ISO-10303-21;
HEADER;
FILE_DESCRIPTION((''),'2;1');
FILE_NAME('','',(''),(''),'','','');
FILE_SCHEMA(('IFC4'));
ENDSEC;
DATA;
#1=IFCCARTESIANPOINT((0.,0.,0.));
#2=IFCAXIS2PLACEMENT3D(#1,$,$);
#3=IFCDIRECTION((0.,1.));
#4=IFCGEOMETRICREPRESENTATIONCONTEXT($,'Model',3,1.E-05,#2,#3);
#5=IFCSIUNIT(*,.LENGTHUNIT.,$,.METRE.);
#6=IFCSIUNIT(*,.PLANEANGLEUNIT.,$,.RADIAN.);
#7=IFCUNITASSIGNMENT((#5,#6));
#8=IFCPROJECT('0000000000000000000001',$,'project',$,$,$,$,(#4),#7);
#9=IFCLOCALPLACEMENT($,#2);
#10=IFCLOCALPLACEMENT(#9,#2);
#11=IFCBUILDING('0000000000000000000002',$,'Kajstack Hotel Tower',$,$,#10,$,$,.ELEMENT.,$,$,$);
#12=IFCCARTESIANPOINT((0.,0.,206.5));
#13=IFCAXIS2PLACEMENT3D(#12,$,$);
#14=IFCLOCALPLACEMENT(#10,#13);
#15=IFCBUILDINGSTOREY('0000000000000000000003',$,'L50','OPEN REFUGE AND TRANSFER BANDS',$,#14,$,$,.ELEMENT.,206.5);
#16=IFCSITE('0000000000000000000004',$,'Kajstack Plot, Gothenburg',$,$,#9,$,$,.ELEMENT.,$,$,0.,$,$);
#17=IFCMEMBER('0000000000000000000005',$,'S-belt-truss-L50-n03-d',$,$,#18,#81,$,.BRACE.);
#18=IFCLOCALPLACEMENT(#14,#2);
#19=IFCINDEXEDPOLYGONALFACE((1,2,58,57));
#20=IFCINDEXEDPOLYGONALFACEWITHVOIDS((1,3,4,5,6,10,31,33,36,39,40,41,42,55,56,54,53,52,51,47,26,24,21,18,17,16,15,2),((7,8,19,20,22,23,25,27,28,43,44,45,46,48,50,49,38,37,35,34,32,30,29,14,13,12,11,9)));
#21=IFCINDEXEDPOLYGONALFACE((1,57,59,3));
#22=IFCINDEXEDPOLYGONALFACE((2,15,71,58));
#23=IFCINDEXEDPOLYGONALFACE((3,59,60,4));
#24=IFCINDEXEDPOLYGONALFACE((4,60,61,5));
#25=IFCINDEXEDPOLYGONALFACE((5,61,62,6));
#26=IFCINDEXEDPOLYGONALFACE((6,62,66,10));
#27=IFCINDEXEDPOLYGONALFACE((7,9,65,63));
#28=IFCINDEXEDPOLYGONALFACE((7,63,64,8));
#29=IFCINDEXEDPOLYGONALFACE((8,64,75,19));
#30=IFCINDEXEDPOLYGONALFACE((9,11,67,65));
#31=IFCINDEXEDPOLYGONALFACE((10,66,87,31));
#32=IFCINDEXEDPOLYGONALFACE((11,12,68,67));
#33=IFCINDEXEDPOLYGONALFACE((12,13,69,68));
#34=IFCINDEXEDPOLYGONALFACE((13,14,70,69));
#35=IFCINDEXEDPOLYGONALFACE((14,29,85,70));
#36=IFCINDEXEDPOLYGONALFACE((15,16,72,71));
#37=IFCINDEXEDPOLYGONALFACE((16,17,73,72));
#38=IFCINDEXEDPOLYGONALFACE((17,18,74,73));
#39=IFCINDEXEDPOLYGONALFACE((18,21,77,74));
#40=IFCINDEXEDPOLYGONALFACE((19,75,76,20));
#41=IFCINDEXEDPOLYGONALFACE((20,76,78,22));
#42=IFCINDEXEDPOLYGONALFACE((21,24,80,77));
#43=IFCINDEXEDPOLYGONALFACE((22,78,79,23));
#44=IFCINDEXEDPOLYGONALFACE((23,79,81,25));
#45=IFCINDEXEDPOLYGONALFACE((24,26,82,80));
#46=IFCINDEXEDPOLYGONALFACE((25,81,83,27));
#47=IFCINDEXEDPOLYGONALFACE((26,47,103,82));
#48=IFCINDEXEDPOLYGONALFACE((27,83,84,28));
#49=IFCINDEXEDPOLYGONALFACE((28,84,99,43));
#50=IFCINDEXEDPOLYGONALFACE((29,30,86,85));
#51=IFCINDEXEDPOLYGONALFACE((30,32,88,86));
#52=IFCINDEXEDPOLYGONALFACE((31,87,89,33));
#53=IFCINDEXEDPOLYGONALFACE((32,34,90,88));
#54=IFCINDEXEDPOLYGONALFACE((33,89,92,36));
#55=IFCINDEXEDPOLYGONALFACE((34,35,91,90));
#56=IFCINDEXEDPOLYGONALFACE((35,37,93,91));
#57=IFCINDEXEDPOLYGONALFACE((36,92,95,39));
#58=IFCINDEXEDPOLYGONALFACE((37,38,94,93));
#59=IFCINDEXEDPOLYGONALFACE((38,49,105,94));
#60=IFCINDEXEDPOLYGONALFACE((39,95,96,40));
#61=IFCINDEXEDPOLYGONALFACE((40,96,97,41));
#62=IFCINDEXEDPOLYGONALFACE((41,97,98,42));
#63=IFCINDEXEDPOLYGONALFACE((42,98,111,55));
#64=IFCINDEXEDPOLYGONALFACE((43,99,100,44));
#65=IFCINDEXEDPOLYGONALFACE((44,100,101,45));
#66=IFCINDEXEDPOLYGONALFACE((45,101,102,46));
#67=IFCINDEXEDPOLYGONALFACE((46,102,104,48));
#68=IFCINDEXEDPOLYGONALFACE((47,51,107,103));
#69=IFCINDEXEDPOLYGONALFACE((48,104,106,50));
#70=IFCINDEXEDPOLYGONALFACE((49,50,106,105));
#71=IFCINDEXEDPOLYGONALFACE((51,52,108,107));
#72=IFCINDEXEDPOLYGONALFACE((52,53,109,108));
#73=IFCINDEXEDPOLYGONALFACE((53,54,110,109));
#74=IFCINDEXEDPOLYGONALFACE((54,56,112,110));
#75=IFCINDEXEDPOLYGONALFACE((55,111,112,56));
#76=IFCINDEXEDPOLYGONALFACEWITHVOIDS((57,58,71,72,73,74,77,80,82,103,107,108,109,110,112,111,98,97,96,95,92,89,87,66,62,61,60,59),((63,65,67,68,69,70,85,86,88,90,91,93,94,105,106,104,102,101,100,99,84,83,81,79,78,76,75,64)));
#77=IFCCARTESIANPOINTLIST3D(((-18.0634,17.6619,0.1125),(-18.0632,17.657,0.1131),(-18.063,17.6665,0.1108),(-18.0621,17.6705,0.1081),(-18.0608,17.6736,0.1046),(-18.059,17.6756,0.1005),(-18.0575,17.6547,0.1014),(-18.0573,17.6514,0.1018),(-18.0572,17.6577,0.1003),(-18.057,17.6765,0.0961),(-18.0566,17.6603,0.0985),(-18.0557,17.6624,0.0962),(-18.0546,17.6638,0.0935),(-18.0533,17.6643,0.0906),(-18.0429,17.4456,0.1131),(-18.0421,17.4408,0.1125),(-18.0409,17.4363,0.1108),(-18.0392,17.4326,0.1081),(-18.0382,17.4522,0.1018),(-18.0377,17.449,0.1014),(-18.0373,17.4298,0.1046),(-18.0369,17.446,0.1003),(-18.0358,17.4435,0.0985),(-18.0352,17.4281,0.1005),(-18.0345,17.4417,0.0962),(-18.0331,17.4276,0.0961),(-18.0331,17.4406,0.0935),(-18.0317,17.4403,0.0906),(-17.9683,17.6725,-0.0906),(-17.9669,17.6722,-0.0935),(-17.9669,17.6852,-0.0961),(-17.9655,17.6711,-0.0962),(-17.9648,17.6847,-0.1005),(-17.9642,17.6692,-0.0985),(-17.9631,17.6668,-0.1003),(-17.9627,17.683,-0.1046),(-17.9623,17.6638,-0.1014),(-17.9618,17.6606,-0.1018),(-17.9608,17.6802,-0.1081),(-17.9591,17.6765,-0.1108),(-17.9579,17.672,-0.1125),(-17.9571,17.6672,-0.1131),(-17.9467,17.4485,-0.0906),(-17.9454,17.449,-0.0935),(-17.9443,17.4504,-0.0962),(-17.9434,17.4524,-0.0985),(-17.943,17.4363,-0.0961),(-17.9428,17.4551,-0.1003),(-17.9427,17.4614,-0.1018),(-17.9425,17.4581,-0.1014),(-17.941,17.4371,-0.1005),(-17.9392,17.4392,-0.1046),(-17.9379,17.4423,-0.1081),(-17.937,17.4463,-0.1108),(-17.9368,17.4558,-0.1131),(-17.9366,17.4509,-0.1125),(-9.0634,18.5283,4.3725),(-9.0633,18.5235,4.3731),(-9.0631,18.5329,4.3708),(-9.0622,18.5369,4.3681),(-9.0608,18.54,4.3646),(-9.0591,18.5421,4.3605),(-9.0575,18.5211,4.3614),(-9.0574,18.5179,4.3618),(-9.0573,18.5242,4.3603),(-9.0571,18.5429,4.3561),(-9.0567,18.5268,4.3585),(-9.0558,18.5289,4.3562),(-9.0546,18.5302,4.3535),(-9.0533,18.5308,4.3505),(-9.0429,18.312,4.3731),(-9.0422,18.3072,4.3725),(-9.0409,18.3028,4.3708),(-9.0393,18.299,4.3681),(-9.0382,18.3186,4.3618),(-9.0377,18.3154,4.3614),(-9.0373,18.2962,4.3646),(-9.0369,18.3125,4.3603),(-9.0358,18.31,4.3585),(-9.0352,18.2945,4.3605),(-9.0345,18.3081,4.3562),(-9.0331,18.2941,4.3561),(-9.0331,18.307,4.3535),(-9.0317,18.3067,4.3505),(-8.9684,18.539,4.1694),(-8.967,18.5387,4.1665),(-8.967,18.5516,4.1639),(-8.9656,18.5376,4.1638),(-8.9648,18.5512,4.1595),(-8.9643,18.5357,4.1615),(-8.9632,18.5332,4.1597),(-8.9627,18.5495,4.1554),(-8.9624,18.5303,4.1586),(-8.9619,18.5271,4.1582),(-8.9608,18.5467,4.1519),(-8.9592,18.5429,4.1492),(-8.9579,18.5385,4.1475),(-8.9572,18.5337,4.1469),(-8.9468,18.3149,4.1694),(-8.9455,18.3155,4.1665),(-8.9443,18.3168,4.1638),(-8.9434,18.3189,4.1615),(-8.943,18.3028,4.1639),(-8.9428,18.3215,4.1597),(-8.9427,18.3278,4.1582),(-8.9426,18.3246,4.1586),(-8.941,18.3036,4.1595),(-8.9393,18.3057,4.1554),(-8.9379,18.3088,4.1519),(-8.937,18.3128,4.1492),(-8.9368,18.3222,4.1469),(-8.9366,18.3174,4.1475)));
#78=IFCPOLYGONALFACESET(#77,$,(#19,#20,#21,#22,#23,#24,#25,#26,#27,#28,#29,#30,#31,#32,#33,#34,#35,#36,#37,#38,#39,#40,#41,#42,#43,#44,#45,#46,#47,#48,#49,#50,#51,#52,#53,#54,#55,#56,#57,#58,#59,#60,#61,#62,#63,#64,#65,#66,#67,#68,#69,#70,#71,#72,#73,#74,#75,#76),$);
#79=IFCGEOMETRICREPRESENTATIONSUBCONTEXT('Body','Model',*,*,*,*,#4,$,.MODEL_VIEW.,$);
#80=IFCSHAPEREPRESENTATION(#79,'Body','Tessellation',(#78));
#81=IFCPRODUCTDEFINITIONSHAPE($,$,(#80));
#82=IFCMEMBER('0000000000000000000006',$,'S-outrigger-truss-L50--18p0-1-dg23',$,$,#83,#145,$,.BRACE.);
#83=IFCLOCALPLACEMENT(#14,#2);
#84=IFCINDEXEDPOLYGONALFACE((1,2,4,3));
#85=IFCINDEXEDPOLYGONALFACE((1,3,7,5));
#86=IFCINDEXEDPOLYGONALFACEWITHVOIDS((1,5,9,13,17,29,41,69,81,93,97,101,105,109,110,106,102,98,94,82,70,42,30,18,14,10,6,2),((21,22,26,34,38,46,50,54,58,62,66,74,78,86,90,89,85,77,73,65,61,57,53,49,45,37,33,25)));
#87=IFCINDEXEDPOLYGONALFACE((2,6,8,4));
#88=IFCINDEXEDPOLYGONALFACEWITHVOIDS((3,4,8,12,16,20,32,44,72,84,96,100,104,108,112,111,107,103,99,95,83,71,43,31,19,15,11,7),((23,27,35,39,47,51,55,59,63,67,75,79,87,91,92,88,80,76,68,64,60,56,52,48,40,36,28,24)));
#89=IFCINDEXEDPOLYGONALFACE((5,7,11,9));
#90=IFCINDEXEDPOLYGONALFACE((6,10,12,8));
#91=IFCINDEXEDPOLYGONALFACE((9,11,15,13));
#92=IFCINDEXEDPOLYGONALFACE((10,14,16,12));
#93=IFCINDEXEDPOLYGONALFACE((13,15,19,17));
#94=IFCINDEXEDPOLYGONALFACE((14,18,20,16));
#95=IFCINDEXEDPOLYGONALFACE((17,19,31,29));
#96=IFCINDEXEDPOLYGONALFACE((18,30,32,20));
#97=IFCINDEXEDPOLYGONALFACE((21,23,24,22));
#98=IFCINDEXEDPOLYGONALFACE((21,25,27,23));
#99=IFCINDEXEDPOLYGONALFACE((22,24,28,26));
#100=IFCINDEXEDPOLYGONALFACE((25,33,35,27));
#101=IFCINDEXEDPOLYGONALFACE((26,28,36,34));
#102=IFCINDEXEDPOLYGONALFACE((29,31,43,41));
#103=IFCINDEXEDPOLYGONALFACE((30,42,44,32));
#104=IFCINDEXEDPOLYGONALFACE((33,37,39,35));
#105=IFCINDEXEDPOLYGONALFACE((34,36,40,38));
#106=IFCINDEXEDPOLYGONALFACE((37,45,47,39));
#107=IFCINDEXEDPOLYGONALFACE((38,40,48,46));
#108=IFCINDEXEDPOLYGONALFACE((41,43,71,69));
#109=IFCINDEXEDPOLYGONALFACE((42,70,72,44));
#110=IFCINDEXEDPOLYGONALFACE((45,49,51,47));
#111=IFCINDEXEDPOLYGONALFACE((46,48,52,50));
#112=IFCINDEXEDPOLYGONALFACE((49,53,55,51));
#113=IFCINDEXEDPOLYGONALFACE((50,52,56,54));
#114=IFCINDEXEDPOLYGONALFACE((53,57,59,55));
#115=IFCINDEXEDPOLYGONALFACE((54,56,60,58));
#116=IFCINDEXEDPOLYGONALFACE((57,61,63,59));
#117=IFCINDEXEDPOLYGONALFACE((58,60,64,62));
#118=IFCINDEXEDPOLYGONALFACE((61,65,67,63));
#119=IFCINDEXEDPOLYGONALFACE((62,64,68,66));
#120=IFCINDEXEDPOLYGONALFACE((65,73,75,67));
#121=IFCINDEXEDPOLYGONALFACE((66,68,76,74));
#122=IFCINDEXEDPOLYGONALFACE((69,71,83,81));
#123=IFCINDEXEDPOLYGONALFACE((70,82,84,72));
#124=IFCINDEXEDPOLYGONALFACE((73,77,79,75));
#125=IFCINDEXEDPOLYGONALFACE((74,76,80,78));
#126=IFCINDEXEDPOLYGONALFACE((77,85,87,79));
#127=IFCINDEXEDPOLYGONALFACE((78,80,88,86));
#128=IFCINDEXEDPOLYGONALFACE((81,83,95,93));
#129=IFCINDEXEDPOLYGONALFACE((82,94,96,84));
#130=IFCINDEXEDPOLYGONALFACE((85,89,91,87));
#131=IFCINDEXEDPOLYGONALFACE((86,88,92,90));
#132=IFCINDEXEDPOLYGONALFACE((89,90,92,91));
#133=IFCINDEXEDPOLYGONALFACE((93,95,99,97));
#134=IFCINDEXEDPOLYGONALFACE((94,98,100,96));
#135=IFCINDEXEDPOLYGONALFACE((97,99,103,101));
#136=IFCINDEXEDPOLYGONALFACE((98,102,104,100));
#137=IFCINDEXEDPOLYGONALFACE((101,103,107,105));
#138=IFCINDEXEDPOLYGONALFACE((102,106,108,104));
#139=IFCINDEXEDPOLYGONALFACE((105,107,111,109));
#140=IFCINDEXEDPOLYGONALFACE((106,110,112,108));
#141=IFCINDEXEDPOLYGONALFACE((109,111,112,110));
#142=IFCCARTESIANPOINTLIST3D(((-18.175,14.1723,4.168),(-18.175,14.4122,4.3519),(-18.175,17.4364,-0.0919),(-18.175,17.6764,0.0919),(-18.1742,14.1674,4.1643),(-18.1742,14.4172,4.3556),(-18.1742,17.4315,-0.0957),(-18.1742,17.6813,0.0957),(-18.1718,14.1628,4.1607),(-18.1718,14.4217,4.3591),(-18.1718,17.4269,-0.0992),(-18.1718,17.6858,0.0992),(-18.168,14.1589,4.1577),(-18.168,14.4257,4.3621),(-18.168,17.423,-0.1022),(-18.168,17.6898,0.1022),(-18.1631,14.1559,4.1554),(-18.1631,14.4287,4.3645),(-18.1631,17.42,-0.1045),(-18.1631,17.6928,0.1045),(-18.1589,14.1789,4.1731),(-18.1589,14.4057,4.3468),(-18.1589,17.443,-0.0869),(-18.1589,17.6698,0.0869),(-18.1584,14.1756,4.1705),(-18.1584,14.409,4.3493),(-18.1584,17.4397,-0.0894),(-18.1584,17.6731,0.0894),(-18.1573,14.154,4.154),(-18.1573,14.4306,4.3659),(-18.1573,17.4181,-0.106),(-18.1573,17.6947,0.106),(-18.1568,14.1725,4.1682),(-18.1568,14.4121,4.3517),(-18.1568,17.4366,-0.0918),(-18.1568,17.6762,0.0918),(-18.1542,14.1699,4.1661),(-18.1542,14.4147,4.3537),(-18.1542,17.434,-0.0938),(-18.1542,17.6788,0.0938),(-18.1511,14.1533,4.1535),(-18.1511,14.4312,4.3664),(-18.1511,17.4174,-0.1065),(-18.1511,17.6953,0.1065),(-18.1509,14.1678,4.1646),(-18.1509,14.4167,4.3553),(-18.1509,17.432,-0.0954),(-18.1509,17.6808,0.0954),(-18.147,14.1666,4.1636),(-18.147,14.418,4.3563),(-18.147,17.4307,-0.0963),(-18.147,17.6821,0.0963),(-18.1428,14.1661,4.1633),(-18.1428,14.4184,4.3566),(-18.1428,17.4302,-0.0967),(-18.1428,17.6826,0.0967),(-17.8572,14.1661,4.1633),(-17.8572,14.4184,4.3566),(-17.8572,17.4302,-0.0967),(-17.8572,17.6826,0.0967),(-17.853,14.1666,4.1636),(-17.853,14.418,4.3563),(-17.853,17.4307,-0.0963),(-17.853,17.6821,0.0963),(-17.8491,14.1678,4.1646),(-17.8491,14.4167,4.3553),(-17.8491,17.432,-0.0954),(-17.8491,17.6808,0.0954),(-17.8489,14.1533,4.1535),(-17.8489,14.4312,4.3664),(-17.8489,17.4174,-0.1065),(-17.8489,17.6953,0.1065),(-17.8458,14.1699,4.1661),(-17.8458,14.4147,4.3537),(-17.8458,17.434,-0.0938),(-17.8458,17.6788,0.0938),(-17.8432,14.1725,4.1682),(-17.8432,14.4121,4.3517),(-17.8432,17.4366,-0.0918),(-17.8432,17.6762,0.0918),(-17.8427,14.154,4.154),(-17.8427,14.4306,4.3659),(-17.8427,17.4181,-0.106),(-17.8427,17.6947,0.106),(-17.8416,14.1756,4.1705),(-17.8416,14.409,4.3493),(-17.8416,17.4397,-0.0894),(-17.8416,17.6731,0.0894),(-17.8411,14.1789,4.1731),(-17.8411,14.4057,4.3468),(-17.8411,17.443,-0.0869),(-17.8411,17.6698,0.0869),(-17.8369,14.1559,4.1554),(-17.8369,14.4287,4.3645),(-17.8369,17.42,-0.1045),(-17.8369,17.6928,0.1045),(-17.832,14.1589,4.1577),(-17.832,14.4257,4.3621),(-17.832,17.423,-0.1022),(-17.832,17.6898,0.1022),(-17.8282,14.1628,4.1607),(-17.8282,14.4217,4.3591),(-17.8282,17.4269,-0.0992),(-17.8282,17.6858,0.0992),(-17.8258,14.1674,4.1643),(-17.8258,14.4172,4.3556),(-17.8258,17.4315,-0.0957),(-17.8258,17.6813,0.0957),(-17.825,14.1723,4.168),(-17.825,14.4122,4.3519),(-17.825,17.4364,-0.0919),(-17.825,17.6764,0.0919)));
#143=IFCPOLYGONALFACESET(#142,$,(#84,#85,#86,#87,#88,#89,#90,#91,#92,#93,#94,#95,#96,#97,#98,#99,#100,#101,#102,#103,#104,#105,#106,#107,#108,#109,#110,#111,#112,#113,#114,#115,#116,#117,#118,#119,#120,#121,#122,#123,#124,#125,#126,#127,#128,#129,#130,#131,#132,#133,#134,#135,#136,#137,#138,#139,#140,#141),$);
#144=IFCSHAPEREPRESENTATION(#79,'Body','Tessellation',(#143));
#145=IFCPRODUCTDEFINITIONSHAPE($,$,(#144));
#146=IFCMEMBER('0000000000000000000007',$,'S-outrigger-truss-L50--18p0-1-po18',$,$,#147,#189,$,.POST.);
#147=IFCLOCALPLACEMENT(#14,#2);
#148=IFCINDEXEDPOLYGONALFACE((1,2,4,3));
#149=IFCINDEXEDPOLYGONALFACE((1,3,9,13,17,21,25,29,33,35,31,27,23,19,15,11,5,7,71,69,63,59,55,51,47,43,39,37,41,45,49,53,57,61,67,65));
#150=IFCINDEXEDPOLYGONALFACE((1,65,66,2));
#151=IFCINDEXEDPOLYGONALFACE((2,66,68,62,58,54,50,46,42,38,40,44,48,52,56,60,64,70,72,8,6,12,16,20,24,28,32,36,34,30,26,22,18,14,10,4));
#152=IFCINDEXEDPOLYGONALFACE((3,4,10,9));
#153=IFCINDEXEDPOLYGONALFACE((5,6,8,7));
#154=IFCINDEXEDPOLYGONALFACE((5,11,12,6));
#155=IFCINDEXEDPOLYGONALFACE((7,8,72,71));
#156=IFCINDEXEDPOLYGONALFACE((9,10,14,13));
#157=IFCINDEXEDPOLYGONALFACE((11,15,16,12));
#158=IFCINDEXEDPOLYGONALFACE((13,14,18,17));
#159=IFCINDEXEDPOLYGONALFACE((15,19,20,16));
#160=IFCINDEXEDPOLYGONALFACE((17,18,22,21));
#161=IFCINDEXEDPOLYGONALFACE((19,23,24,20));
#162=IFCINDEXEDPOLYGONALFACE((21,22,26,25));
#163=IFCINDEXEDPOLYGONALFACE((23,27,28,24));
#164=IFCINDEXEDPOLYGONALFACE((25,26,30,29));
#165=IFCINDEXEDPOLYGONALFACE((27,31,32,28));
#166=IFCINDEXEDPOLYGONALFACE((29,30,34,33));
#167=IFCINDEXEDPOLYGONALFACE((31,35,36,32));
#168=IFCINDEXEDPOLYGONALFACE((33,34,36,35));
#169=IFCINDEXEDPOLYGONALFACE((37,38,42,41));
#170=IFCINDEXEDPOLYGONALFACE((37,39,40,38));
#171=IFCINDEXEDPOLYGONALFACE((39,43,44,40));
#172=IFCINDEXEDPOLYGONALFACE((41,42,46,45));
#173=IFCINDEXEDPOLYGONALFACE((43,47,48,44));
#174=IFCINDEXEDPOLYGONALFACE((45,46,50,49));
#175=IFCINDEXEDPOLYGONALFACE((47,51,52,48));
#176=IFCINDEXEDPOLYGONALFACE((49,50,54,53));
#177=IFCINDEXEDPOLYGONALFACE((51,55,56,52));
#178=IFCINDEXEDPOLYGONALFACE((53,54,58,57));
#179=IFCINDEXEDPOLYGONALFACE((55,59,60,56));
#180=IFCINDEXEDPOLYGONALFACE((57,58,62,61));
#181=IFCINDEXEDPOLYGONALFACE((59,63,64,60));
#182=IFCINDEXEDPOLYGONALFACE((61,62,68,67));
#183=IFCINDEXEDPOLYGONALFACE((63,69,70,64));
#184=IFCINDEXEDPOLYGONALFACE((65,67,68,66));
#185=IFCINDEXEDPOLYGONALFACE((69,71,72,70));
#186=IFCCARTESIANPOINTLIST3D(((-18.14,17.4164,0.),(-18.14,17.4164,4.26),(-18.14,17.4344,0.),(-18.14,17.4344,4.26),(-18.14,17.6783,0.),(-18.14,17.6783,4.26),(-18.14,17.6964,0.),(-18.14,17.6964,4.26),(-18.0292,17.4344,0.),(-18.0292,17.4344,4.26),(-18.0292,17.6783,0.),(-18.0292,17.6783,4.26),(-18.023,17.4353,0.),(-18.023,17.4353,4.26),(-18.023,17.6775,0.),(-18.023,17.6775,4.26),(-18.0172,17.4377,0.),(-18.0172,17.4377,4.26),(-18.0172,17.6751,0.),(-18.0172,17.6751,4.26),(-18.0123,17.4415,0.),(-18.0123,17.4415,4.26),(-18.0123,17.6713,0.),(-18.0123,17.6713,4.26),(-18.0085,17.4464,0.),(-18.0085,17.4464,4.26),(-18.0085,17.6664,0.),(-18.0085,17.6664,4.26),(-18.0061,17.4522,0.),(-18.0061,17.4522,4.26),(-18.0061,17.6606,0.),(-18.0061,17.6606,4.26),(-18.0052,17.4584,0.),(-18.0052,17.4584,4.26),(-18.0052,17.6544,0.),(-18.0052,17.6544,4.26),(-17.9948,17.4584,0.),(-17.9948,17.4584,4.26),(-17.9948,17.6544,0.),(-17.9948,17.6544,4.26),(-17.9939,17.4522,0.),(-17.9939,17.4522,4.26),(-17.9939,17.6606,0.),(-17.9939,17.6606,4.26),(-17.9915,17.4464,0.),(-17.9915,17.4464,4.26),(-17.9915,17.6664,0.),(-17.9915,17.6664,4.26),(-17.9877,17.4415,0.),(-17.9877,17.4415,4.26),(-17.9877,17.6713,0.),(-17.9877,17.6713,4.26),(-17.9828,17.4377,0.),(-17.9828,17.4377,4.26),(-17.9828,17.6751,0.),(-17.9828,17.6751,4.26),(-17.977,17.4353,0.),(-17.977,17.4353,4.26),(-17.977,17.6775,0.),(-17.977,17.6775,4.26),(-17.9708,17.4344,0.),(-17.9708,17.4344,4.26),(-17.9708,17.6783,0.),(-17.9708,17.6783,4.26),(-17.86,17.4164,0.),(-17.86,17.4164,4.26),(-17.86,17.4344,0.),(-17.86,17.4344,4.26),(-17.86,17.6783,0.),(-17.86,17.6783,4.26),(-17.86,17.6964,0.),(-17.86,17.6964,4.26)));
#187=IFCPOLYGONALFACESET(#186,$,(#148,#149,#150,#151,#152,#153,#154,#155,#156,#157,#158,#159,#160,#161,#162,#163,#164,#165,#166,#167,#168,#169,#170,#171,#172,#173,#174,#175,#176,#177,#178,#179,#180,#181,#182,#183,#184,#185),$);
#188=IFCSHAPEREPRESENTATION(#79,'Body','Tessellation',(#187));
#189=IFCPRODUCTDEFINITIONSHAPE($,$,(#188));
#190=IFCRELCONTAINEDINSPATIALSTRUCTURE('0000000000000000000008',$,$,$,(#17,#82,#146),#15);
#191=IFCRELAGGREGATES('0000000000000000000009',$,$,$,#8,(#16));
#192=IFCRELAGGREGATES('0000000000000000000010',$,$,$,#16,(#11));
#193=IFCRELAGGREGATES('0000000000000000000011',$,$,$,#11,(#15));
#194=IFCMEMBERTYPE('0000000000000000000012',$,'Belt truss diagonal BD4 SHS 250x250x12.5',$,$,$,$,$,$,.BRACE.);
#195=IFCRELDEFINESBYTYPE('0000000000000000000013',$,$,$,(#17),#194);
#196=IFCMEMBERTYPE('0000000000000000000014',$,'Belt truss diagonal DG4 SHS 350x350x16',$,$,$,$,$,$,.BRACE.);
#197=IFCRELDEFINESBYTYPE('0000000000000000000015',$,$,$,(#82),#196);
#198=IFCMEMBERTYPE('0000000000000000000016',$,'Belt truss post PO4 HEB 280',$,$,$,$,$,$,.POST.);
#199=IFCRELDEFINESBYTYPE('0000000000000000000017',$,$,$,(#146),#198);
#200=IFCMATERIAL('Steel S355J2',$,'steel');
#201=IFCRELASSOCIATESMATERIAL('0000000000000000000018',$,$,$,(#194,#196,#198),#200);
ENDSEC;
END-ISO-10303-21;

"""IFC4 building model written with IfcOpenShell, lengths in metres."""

from ifc_helpers import new_model, si_unit, direction, frame, origin, origin_2d, place, context, subcontext, project, spatial, hollow_rectangle, i_section, extrude, material, material_profile, profile_set, type_object, element, save


model = new_model("IFC4")

# Units and contexts
model_context = context("Model", 3, precision=1e-05, world=origin(), true_north=direction((0.0, 1.0)))
body_context = subcontext(model_context, "Body", "Model", "MODEL_VIEW")
ifc_project = project(units=[si_unit("LENGTHUNIT", "METRE"), si_unit("PLANEANGLEUNIT", "RADIAN")], contexts=[model_context])

# Site, building, storey
site_placement = place(None, origin())
site = spatial("IfcSite", under=ifc_project, at=site_placement, Name="Kajstack Plot, Gothenburg", CompositionType="ELEMENT", RefElevation=0.0)
building_placement = place(site_placement, origin())
building = spatial("IfcBuilding", under=site, at=building_placement, Name="Kajstack Hotel Tower", CompositionType="ELEMENT")
storey_placement = place(building_placement, frame((0.0, 0.0, 206.5)))
storey = spatial("IfcBuildingStorey", under=building, at=storey_placement, Name="L50", Description="OPEN REFUGE AND TRANSFER BANDS", CompositionType="ELEMENT", Elevation=206.5)

# Members
ifc_material = material(Name="Steel S355J2", Category="steel")
ifc_material_profile_1 = material_profile(ifc_material, hollow_rectangle(XDim=0.25, YDim=0.25, WallThickness=0.0125, InnerFilletRadius=0.0125, OuterFilletRadius=0.0188, at=origin_2d()), Name="SHS 250x250x12.5")
ifc_profile_set_1 = profile_set([ifc_material_profile_1], Name="Steel S355J2")
member_type_1 = type_object("IfcMemberType", Name="Belt truss diagonal BD4 SHS 250x250x12.5", PredefinedType="BRACE", material=ifc_profile_set_1)
for number, where, z_axis, x_axis, name in (
    (1, (-18.0, 17.5564, 0.0), (0.900457, 0.08669, 0.426217), (-0.09583, 0.995398, 0.0), "S-belt-truss-L50-n03-d"),
):
    element("IfcMember", number, at=place(storey_placement, frame(where, z_axis=z_axis, x_axis=x_axis)), inside=storey, type_object=member_type_1, Name=name, PredefinedType="BRACE", context=body_context, shape_type="SweptSolid", body=[
        extrude(hollow_rectangle(XDim=0.25, YDim=0.25, WallThickness=0.0125, InnerFilletRadius=0.0125, OuterFilletRadius=0.0188, at=origin_2d()), origin(), (0.0, 0.0, 1.0), 9.9949),
    ])
ifc_material_profile_2 = material_profile(ifc_material, hollow_rectangle(XDim=0.3501, YDim=0.3501, WallThickness=0.0161, InnerFilletRadius=0.0161, OuterFilletRadius=0.0239, at=origin_2d()), Name="SHS 350x350x16")
ifc_profile_set_2 = profile_set([ifc_material_profile_2], Name="Steel S355J2")
member_type_2 = type_object("IfcMemberType", Name="Belt truss diagonal DG4 SHS 350x350x16", PredefinedType="BRACE", material=ifc_profile_set_2)
member_1_placement = place(storey_placement, frame((-18.0, 17.5564, 0.0), z_axis=(0.0, -0.608215, 0.793773), x_axis=(1.0, 0.0, 0.0)))
element("IfcMember", 2, at=member_1_placement, inside=storey, type_object=member_type_2, Name="S-outrigger-truss-L50--18p0-1-dg23", PredefinedType="BRACE", context=body_context, shape_type="SweptSolid", body=[
    extrude(hollow_rectangle(XDim=0.3501, YDim=0.3501, WallThickness=0.0161, InnerFilletRadius=0.0161, OuterFilletRadius=0.0239, at=origin_2d()), origin(), (0.0, 0.0, 1.0), 5.3667),
])
ifc_material_profile_3 = material_profile(ifc_material, i_section(OverallWidth=0.28, OverallDepth=0.28, WebThickness=0.0105, FlangeThickness=0.0181, FilletRadius=0.0239, at=origin_2d()), Name="HEB 280")
ifc_profile_set_3 = profile_set([ifc_material_profile_3], Name="Steel S355J2")
member_type_3 = type_object("IfcMemberType", Name="Belt truss post PO4 HEB 280", PredefinedType="POST", material=ifc_profile_set_3)
for number, where, z_axis, x_axis, name in (
    (3, (-18.0, 17.5564, 0.0), (0.0, 0.0, 1.0), (1.0, 0.0, 0.0), "S-outrigger-truss-L50--18p0-1-po18"),
):
    element("IfcMember", number, at=place(storey_placement, frame(where, z_axis=z_axis, x_axis=x_axis)), inside=storey, type_object=member_type_3, Name=name, PredefinedType="POST", context=body_context, shape_type="SweptSolid", body=[
        extrude(i_section(OverallWidth=0.28, OverallDepth=0.28, WebThickness=0.0105, FlangeThickness=0.0181, FilletRadius=0.0239, at=origin_2d()), origin(), (0.0, 0.0, 1.0), 4.26),
    ])

save(model, "model.ifc")
